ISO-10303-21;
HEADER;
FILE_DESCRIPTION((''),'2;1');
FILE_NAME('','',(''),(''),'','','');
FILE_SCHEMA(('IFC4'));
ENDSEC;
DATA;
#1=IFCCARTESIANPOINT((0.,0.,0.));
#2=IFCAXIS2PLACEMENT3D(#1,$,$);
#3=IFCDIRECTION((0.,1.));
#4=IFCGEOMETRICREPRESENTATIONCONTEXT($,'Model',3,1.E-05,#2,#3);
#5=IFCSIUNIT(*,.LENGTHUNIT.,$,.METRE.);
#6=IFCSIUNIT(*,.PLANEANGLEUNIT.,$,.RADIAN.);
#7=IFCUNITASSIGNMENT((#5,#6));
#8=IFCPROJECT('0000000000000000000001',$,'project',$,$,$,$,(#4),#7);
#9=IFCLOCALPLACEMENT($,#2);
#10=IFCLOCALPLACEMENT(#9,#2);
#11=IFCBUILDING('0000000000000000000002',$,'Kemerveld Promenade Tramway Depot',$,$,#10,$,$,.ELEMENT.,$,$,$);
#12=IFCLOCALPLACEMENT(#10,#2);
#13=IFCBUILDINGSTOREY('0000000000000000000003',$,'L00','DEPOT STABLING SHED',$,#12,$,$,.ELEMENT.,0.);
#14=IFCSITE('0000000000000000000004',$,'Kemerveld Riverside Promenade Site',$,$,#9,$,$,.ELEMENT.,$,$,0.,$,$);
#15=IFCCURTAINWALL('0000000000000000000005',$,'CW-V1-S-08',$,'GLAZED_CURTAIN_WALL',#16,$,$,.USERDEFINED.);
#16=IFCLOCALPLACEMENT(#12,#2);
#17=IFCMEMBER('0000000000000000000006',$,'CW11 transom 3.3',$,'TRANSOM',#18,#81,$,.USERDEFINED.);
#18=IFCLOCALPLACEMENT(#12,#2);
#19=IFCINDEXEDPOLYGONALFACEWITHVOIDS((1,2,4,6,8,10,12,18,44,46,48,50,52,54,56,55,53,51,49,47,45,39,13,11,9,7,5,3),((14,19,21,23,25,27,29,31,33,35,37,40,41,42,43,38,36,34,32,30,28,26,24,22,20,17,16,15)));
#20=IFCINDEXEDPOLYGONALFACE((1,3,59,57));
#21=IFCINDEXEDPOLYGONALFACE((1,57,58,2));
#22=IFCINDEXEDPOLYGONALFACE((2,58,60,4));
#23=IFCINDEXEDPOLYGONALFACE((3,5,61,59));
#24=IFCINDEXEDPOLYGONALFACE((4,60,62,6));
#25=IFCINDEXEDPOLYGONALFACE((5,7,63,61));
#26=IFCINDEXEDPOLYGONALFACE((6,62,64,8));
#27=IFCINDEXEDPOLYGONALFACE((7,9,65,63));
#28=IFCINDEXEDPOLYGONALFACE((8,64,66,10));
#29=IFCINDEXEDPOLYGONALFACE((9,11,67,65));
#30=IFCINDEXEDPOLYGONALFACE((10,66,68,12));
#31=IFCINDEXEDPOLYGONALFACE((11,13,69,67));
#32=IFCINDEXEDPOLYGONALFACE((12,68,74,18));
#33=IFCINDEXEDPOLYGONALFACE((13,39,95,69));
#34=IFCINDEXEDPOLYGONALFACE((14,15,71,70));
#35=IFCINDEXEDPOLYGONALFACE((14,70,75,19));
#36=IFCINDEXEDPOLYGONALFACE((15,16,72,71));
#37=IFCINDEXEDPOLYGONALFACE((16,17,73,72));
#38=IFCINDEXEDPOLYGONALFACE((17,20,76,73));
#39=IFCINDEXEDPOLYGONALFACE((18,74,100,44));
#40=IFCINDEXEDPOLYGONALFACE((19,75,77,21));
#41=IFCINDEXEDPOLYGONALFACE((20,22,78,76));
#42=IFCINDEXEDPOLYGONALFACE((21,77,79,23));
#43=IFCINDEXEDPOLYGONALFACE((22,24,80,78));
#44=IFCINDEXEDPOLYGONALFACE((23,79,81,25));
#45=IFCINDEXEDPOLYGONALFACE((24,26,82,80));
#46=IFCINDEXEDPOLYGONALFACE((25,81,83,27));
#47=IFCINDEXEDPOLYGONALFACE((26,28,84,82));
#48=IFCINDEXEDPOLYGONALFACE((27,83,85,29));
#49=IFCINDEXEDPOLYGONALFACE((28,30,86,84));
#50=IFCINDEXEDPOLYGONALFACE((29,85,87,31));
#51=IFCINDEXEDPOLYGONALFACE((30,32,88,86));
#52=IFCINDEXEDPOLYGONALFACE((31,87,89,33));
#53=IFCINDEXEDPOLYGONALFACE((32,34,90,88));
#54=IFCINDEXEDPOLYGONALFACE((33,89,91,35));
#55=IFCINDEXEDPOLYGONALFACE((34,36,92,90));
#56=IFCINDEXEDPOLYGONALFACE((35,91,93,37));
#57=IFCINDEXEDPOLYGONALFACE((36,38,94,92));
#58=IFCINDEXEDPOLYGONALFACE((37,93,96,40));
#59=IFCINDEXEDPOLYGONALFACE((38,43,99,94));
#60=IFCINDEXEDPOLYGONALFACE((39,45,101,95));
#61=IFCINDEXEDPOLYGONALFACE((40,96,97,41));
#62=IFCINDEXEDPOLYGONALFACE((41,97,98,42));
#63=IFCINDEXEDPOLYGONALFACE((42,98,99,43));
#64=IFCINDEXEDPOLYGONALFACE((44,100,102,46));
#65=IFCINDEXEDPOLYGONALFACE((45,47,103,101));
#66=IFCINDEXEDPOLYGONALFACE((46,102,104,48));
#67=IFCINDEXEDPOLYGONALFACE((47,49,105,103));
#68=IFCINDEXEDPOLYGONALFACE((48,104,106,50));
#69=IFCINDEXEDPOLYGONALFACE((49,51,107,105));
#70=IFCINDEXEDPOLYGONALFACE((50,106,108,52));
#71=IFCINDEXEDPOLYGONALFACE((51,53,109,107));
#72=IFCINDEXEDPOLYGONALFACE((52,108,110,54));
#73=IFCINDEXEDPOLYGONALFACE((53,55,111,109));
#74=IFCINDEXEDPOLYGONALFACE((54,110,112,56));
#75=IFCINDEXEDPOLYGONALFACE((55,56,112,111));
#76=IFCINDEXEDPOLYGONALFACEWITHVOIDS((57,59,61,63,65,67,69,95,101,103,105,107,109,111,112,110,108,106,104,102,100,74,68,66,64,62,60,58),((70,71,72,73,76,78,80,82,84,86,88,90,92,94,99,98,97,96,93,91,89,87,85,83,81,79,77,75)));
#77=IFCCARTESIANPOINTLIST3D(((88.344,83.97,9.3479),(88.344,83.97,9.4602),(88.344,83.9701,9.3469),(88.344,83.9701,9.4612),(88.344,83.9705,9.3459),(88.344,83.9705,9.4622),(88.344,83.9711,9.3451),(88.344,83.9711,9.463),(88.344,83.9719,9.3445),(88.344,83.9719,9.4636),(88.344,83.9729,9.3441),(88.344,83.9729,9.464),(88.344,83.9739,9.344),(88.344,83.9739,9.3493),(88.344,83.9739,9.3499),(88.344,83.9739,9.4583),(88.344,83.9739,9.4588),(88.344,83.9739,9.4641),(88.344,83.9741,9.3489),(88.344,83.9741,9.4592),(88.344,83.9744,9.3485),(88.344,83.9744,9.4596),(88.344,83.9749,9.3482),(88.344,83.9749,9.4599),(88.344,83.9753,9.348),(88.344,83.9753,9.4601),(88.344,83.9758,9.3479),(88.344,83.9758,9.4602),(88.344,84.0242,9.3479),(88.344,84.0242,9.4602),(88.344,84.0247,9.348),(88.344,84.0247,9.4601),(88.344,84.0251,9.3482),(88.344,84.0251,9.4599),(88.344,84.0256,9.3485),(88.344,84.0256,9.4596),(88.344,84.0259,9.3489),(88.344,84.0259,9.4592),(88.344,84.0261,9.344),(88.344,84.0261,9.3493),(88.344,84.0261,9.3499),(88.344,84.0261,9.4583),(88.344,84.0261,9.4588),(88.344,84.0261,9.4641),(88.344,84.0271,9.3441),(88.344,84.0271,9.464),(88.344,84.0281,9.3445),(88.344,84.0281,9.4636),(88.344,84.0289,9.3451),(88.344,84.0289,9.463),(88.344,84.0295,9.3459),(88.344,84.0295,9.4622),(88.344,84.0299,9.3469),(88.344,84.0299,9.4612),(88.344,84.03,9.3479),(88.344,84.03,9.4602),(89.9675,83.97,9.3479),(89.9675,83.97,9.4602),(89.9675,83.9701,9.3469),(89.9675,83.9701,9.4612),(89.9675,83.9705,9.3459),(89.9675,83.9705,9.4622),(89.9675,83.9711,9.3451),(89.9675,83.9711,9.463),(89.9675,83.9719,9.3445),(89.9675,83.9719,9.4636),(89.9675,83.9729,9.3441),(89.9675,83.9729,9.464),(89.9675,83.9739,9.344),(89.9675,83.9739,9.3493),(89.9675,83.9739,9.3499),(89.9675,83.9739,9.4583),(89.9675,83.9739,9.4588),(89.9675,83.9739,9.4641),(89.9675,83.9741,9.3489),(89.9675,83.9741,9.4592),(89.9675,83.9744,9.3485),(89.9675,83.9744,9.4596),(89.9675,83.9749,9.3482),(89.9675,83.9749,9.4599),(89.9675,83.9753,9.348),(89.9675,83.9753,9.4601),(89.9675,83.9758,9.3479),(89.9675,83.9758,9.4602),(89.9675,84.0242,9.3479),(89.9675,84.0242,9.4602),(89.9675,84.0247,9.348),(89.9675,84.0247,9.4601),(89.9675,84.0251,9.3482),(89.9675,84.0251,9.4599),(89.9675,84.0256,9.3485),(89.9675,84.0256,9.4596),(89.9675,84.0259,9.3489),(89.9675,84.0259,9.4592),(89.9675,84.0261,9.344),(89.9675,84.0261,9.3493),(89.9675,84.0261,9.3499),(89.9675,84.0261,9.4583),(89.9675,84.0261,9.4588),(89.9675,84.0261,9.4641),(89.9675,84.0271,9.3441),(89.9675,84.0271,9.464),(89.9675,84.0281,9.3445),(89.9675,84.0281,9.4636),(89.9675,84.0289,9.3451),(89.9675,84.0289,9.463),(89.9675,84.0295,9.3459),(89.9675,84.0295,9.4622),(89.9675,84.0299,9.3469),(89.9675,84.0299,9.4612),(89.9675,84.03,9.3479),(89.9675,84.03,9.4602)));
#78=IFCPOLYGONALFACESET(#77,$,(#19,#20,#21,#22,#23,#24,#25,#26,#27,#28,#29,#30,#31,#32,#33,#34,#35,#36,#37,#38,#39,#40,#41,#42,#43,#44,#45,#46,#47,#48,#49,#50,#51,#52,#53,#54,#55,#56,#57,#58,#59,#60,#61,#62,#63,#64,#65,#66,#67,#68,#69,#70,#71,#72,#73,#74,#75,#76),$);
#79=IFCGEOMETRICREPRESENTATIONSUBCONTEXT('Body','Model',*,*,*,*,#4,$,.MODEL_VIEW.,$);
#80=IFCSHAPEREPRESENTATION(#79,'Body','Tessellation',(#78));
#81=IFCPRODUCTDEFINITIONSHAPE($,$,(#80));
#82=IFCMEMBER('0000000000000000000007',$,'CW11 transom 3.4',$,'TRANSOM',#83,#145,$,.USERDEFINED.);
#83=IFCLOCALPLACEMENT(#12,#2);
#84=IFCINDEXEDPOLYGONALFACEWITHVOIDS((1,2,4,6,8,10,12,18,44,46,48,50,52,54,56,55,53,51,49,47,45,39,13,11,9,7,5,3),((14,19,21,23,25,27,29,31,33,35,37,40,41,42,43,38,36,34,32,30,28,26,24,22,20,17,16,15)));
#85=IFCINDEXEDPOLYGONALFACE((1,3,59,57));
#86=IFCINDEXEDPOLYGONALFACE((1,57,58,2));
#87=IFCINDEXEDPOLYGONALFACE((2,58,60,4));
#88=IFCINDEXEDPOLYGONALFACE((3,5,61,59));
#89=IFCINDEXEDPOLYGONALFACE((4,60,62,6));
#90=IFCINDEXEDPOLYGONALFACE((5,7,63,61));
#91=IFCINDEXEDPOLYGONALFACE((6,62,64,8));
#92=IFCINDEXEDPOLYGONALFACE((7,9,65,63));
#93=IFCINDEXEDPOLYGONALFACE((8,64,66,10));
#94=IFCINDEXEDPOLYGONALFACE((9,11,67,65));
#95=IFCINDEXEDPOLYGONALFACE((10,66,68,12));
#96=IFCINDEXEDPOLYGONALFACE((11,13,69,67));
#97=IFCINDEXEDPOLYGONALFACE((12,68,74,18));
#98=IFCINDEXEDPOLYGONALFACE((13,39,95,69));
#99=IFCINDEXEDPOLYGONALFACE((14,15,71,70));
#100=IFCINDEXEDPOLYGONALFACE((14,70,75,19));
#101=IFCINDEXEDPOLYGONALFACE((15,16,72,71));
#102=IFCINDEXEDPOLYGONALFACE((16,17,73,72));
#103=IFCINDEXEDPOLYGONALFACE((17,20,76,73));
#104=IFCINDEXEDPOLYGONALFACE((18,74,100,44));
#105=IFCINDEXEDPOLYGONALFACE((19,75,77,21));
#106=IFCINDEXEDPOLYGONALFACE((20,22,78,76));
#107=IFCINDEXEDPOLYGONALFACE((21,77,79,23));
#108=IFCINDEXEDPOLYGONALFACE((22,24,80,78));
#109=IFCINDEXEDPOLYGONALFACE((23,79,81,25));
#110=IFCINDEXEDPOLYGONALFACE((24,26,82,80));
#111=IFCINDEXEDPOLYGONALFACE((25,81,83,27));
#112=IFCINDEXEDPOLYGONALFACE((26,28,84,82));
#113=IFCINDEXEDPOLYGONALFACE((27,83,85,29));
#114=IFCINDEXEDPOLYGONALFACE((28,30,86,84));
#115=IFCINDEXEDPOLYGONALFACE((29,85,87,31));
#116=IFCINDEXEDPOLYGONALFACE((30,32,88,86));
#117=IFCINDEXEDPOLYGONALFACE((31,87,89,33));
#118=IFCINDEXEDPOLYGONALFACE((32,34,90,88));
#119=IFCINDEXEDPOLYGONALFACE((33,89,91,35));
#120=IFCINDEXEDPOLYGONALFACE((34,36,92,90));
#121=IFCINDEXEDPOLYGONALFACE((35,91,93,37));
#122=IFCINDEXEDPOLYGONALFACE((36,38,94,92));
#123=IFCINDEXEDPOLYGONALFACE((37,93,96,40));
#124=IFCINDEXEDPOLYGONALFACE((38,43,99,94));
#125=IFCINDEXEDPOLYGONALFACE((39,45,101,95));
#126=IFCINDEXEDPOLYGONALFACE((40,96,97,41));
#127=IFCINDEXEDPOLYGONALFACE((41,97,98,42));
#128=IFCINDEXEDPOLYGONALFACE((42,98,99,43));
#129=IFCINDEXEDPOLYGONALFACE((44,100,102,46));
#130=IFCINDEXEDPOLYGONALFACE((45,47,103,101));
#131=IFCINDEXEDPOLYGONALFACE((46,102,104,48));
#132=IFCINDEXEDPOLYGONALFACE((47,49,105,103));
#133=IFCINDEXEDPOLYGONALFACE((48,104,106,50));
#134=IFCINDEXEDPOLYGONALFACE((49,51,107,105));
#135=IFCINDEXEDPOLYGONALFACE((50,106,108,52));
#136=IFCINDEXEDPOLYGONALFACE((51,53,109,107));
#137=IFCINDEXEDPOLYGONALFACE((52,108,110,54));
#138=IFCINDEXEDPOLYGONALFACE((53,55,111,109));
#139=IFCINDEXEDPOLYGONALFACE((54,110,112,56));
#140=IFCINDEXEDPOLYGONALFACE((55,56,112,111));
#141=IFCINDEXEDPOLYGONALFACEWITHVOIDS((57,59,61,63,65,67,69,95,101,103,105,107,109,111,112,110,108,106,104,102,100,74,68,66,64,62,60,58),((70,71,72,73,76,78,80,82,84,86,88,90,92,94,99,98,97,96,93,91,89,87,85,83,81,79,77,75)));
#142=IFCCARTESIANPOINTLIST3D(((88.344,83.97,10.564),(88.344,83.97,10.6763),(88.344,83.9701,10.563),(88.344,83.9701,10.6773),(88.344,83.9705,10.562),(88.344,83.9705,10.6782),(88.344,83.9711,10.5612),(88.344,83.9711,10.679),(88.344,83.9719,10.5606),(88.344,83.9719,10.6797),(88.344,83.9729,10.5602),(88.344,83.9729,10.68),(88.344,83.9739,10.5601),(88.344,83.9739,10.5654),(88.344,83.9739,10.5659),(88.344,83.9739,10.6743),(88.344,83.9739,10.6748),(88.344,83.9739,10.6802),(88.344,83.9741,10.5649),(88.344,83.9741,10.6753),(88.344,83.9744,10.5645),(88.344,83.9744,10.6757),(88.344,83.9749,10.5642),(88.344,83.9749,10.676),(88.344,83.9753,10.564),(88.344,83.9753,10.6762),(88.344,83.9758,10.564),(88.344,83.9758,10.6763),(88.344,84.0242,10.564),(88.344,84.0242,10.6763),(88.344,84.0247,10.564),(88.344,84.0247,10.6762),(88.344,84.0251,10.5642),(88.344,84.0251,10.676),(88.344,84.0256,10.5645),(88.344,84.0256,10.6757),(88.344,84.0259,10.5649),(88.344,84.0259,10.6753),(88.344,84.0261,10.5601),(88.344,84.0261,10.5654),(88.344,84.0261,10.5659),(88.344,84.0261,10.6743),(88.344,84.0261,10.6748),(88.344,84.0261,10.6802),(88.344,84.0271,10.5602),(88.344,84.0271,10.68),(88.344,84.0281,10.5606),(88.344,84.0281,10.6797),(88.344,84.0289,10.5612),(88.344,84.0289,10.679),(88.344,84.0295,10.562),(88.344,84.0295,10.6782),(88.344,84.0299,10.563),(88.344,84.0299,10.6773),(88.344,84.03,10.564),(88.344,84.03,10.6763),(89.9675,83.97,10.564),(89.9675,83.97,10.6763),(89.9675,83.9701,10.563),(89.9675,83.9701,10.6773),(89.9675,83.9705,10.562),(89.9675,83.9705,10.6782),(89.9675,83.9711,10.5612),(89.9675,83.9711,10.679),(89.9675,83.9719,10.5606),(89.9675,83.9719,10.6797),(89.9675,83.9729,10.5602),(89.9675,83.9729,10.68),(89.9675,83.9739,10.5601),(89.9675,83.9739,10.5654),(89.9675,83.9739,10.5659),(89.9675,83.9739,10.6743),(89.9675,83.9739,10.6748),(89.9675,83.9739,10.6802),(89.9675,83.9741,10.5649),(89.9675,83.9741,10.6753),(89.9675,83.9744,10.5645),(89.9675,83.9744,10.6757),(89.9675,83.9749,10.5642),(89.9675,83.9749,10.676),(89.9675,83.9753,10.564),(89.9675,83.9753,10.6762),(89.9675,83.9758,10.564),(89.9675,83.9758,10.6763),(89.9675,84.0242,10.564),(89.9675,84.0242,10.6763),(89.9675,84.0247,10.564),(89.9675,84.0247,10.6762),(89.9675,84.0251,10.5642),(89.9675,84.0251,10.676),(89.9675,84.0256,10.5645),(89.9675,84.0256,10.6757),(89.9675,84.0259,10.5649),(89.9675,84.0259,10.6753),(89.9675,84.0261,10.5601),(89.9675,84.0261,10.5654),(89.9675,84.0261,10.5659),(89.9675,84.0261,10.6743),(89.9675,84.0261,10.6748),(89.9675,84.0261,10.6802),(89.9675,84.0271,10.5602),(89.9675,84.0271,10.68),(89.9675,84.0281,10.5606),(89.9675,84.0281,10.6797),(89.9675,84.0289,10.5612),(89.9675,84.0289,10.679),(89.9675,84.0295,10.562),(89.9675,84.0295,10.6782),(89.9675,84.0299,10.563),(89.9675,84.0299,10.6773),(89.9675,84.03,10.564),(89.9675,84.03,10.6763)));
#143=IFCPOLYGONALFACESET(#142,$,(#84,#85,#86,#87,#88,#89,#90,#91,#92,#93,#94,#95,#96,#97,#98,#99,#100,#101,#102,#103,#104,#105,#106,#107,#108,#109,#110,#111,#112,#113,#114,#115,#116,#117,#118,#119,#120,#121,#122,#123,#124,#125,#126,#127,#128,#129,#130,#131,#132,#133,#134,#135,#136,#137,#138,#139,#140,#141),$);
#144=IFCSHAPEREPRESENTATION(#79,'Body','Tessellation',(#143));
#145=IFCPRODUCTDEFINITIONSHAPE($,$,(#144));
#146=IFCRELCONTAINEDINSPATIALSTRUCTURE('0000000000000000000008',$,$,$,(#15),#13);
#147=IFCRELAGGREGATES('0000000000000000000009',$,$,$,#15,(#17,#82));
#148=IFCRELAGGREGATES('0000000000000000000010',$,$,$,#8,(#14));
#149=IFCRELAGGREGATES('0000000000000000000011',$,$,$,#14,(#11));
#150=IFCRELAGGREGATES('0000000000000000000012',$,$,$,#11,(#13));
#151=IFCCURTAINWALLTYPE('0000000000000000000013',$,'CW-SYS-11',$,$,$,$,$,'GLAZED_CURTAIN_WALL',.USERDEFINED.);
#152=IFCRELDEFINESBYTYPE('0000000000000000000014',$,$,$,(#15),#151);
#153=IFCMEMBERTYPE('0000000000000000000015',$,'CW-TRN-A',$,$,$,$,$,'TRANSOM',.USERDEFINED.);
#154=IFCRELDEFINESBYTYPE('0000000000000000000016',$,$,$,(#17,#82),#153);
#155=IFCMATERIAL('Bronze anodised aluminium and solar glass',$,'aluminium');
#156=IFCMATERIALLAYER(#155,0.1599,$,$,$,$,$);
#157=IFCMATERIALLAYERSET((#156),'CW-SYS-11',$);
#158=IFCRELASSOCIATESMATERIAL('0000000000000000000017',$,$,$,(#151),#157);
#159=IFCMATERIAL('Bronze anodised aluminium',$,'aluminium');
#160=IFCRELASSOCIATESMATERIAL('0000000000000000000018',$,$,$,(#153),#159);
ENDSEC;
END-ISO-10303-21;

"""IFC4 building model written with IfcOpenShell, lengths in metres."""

from ifc_helpers import new_model, si_unit, direction, frame, origin, origin_2d, place, context, subcontext, project, spatial, hollow_rectangle, extrude, material, layer, layer_set, material_profile, profile_set, type_object, element, aggregate, save


model = new_model("IFC4")

# Units and contexts
model_context = context("Model", 3, precision=1e-05, world=origin(), true_north=direction((0.0, 1.0)))
body_context = subcontext(model_context, "Body", "Model", "MODEL_VIEW")
ifc_project = project(units=[si_unit("LENGTHUNIT", "METRE"), si_unit("PLANEANGLEUNIT", "RADIAN")], contexts=[model_context])

# Site, building, storey
site_placement = place(None, origin())
site = spatial("IfcSite", under=ifc_project, at=site_placement, Name="Kemerveld Riverside Promenade Site", CompositionType="ELEMENT", RefElevation=0.0)
building_placement = place(site_placement, origin())
building = spatial("IfcBuilding", under=site, at=building_placement, Name="Kemerveld Promenade Tramway Depot", CompositionType="ELEMENT")
storey_placement = place(building_placement, origin())
storey = spatial("IfcBuildingStorey", under=building, at=storey_placement, Name="L00", Description="DEPOT STABLING SHED", CompositionType="ELEMENT", Elevation=0.0)

# Curtain wall, members
ifc_material_1 = material(Name="Bronze anodised aluminium and solar glass", Category="aluminium")
ifc_layer_1 = layer(ifc_material_1, 0.1599)
ifc_layer_set_1 = layer_set([ifc_layer_1], Name="CW-SYS-11")
curtain_wall_type_1 = type_object("IfcCurtainWallType", Name="CW-SYS-11", ElementType="GLAZED_CURTAIN_WALL", PredefinedType="USERDEFINED", material=ifc_layer_set_1)
curtain_wall_1_placement = place(storey_placement, origin())
curtain_wall_1 = element("IfcCurtainWall", 1, at=curtain_wall_1_placement, inside=storey, type_object=curtain_wall_type_1, Name="CW-V1-S-08", ObjectType="GLAZED_CURTAIN_WALL", PredefinedType="USERDEFINED")
ifc_material_2 = material(Name="Bronze anodised aluminium", Category="aluminium")
ifc_material_profile_1 = material_profile(ifc_material_2, hollow_rectangle(XDim=0.0601, YDim=0.1201, WallThickness=0.0039, InnerFilletRadius=0.002, OuterFilletRadius=0.0039, at=origin_2d()), Name="CW-TRN-120x60")
ifc_profile_set_1 = profile_set([ifc_material_profile_1], Name="Bronze anodised aluminium")
member_type_1 = type_object("IfcMemberType", Name="CW-TRN-A", ElementType="TRANSOM", PredefinedType="USERDEFINED", material=ifc_profile_set_1)
member_1_placement = place(storey_placement, frame((89.9675, 84.0, 9.4041), z_axis=(-1.0, 0.0, 0.0), x_axis=(0.0, -1.0, 0.0)))
member_1 = element("IfcMember", 2, at=member_1_placement, type_object=member_type_1, Name="CW11 transom 3.3", ObjectType="TRANSOM", PredefinedType="USERDEFINED", context=body_context, shape_type="SweptSolid", body=[
    extrude(hollow_rectangle(XDim=0.0601, YDim=0.1201, WallThickness=0.0039, InnerFilletRadius=0.002, OuterFilletRadius=0.0039, at=origin_2d()), origin(), (0.0, 0.0, 1.0), 1.6235),
])
member_2_placement = place(storey_placement, frame((89.9675, 84.0, 10.6201), z_axis=(-1.0, 0.0, 0.0), x_axis=(0.0, -1.0, 0.0)))
member_2 = element("IfcMember", 3, at=member_2_placement, type_object=member_type_1, Name="CW11 transom 3.4", ObjectType="TRANSOM", PredefinedType="USERDEFINED", context=body_context, shape_type="SweptSolid", body=[
    extrude(hollow_rectangle(XDim=0.0601, YDim=0.1201, WallThickness=0.0039, InnerFilletRadius=0.002, OuterFilletRadius=0.0039, at=origin_2d()), origin(), (0.0, 0.0, 1.0), 1.6235),
])

aggregate(curtain_wall_1, [member_1, member_2])

save(model, "model.ifc")
